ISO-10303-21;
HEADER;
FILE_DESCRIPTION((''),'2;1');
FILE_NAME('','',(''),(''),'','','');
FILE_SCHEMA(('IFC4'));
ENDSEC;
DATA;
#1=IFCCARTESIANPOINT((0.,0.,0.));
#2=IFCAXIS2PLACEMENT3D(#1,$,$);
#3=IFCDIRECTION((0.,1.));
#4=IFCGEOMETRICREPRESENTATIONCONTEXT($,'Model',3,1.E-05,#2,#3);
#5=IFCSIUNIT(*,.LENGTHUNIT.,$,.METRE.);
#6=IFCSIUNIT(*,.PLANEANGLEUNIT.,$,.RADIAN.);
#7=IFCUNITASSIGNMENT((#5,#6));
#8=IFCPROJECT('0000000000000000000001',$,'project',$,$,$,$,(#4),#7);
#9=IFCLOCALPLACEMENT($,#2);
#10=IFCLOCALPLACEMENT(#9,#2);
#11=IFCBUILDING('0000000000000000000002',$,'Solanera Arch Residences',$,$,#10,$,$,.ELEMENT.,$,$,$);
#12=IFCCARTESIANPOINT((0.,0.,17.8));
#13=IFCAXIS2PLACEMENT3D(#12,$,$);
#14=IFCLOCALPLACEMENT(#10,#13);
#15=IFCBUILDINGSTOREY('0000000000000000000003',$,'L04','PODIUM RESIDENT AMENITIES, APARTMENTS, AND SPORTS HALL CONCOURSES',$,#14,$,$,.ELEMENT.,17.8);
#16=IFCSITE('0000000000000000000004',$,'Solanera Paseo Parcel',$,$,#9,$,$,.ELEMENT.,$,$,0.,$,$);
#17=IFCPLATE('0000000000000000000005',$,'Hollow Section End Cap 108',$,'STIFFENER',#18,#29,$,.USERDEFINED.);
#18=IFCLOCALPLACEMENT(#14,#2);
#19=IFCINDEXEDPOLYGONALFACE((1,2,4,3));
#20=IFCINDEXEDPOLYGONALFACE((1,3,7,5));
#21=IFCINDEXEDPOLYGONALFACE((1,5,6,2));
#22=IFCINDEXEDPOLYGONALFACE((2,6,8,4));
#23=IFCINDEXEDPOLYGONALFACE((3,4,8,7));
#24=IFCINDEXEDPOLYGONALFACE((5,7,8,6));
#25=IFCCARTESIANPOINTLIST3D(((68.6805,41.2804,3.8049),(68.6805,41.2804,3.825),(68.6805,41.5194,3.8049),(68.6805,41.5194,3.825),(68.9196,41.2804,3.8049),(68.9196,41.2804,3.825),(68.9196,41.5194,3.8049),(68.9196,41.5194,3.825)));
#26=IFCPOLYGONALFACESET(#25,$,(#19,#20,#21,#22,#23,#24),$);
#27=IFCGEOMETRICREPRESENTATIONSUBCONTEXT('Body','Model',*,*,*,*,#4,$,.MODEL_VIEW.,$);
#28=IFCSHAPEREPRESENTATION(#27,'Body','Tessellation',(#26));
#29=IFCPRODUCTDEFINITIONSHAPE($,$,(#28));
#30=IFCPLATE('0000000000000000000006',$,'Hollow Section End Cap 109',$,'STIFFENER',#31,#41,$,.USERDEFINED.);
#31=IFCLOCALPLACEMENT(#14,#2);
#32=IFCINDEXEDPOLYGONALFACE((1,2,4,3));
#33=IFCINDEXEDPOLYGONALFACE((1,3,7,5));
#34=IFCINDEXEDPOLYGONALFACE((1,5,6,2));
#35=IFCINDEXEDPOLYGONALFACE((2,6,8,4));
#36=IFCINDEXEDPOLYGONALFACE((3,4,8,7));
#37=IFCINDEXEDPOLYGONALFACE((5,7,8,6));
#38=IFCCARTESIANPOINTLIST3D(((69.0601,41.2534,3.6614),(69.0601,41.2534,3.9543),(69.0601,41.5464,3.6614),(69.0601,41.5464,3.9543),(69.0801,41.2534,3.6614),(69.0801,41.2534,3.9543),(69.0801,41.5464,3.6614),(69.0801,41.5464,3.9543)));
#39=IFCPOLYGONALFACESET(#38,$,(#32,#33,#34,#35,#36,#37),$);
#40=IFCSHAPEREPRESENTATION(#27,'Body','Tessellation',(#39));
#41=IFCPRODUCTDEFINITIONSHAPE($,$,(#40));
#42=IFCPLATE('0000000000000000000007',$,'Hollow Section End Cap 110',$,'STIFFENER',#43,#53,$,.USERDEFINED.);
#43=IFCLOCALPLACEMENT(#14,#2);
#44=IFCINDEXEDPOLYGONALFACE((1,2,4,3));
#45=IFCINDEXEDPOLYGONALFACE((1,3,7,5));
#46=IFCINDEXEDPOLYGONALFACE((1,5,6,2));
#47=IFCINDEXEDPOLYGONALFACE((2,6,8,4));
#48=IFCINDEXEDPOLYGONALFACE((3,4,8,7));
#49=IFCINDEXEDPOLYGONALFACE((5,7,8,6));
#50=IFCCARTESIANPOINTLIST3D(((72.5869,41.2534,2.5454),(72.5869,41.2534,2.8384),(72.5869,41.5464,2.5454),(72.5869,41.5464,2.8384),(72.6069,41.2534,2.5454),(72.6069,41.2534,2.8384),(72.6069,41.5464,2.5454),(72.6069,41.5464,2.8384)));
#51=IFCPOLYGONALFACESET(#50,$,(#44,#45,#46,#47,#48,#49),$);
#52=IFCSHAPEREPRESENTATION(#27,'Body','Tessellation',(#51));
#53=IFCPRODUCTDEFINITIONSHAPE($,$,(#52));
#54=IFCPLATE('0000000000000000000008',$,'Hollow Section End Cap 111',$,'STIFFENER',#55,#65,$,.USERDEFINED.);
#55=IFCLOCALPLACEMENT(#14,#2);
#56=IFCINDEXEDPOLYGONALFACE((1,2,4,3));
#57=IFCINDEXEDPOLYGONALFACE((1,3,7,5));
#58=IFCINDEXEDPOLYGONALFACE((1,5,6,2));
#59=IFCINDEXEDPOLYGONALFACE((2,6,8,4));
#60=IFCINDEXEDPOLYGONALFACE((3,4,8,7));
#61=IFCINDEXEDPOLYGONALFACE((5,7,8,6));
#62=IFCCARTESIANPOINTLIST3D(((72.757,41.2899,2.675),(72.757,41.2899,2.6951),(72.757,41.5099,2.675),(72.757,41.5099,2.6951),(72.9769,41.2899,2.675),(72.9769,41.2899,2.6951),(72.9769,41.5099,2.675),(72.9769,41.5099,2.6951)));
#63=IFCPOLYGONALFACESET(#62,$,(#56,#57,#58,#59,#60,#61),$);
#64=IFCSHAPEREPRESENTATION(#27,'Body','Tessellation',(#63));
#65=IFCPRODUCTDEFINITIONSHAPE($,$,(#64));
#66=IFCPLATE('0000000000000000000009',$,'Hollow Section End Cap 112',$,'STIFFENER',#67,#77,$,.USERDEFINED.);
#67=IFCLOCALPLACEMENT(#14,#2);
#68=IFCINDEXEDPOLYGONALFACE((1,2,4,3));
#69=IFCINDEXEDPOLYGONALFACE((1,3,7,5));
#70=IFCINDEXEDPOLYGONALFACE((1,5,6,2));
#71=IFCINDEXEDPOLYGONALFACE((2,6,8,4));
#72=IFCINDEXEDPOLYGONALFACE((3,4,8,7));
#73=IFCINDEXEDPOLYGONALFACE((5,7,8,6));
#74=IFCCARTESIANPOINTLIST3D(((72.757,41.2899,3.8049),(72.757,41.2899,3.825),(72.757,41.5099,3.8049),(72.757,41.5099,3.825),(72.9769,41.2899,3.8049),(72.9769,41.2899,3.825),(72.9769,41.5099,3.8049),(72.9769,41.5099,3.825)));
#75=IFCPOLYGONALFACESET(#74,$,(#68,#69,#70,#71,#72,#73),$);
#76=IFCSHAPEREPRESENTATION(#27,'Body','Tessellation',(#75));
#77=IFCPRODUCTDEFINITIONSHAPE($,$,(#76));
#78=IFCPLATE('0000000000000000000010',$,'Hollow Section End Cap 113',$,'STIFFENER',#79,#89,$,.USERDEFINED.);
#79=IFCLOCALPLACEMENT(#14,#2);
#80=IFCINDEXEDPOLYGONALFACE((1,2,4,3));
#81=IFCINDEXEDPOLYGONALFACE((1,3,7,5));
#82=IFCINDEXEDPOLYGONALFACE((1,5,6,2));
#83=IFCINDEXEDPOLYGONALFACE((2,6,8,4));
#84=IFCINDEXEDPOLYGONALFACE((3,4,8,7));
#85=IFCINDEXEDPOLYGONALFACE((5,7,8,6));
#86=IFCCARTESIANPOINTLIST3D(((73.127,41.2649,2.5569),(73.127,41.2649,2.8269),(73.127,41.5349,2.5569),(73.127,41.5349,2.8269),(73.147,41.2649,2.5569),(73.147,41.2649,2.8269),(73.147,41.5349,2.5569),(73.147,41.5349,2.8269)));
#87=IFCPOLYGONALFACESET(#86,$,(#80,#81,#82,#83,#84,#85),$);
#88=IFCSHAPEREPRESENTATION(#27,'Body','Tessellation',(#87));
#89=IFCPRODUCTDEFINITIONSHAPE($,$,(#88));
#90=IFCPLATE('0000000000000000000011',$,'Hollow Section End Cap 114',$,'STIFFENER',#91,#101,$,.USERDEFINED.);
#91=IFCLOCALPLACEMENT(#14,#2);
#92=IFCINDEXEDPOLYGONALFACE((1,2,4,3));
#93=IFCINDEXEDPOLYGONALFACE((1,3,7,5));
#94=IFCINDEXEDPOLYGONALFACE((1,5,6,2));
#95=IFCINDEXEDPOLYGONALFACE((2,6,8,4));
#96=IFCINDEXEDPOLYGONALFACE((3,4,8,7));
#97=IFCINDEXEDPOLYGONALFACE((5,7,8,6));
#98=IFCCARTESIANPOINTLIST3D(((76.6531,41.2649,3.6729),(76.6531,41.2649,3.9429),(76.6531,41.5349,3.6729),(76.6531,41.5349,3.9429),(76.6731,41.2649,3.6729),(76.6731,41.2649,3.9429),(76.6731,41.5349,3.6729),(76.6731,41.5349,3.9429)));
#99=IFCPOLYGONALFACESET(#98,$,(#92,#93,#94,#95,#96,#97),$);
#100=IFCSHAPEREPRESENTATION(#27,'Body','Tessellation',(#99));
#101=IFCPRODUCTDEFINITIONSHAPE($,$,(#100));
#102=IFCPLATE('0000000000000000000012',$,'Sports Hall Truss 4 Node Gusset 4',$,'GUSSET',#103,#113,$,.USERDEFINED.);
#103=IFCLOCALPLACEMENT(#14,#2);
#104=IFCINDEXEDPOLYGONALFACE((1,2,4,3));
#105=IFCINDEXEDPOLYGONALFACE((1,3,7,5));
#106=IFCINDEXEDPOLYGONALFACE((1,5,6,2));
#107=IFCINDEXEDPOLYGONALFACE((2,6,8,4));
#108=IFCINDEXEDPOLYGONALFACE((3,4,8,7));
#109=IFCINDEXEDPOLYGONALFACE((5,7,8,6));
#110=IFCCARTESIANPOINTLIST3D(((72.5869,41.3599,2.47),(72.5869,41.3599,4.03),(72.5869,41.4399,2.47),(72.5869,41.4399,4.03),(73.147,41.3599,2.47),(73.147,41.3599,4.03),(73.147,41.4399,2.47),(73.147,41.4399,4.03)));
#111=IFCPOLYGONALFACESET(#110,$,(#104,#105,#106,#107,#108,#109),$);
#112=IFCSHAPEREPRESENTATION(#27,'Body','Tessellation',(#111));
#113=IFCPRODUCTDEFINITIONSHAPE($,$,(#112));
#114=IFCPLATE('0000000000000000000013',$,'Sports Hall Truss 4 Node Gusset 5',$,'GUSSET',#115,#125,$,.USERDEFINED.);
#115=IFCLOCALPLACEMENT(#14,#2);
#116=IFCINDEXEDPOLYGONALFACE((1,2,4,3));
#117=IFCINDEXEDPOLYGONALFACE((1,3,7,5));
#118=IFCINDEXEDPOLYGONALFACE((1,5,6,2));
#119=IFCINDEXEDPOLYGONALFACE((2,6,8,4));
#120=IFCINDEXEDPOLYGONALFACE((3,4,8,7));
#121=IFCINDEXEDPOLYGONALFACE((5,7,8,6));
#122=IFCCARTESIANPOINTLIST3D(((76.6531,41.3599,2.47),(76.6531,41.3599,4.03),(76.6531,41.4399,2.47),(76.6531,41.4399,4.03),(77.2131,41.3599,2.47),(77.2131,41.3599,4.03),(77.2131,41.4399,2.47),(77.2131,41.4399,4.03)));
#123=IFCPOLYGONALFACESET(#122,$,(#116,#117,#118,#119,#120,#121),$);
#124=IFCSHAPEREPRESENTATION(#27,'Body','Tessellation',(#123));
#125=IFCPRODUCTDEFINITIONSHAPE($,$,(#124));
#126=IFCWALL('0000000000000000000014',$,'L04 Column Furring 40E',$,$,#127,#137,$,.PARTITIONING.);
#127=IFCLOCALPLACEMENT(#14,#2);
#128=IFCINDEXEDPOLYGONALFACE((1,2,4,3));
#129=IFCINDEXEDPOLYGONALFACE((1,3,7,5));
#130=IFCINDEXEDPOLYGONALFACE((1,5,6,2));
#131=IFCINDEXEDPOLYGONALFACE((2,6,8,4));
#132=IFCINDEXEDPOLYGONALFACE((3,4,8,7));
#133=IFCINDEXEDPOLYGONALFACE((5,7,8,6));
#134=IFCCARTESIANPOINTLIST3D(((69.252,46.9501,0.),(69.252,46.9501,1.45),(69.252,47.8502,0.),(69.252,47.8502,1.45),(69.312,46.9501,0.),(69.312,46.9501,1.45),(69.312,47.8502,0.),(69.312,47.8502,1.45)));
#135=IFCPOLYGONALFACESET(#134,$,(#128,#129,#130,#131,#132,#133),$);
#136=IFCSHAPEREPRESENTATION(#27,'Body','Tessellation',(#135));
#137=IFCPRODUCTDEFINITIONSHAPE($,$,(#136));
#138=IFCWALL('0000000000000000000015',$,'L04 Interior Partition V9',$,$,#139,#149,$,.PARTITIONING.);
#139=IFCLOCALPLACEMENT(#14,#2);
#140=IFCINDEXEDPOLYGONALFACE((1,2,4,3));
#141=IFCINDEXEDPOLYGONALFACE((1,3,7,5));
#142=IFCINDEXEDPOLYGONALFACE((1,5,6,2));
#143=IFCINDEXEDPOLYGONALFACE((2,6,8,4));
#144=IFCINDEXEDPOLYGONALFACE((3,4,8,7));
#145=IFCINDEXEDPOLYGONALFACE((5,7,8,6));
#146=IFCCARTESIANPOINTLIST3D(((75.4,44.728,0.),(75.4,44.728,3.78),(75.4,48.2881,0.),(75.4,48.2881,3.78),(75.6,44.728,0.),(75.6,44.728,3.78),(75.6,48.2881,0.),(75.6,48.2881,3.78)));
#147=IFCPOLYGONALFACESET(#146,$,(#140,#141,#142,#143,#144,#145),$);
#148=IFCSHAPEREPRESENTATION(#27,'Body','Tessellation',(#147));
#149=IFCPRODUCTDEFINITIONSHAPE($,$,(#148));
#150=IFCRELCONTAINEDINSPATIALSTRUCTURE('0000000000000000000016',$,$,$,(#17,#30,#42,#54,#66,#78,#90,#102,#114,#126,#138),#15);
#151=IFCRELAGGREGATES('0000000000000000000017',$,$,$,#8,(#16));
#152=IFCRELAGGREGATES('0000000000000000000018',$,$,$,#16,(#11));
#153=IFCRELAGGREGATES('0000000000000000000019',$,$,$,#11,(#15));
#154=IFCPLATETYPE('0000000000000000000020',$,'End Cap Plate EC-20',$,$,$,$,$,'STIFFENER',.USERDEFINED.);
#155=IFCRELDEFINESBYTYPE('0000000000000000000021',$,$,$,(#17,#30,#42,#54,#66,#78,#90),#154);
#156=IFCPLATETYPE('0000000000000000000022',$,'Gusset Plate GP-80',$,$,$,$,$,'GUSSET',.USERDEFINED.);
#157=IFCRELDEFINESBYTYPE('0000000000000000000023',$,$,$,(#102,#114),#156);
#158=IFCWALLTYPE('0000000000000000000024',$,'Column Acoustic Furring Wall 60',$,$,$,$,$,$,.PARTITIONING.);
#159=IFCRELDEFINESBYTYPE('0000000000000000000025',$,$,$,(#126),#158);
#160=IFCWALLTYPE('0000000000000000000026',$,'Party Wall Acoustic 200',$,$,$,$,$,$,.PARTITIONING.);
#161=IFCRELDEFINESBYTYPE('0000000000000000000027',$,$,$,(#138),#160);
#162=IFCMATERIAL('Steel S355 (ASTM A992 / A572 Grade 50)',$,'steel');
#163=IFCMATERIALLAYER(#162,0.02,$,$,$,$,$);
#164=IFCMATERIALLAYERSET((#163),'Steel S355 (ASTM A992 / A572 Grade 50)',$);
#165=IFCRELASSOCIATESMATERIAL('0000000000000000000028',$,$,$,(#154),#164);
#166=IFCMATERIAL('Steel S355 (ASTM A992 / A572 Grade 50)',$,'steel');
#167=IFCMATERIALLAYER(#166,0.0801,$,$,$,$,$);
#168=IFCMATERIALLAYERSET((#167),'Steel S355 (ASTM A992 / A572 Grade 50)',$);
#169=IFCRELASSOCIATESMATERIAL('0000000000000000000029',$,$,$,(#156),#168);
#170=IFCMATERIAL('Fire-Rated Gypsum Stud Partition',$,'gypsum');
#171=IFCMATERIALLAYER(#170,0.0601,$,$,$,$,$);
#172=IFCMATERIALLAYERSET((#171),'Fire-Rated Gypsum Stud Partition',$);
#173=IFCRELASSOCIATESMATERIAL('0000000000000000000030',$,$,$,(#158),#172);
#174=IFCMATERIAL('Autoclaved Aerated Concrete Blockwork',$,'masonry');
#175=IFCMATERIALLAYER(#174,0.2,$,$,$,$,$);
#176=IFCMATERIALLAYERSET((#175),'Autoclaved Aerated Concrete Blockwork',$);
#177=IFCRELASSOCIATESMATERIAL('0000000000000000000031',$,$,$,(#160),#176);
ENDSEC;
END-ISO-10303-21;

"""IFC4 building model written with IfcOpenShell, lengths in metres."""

from ifc_helpers import new_model, si_unit, direction, frame, frame_2d, origin, origin_2d, place, context, subcontext, project, spatial, rectangle, extrude, material, layer, layer_set, type_object, element, save


model = new_model("IFC4")

# Units and contexts
model_context = context("Model", 3, precision=1e-05, world=origin(), true_north=direction((0.0, 1.0)))
body_context = subcontext(model_context, "Body", "Model", "MODEL_VIEW")
ifc_project = project(units=[si_unit("LENGTHUNIT", "METRE"), si_unit("PLANEANGLEUNIT", "RADIAN")], contexts=[model_context])

# Site, building, storey
site_placement = place(None, origin())
site = spatial("IfcSite", under=ifc_project, at=site_placement, Name="Solanera Paseo Parcel", CompositionType="ELEMENT", RefElevation=0.0)
building_placement = place(site_placement, origin())
building = spatial("IfcBuilding", under=site, at=building_placement, Name="Solanera Arch Residences", CompositionType="ELEMENT")
storey_placement = place(building_placement, frame((0.0, 0.0, 17.8)))
storey = spatial("IfcBuildingStorey", under=building, at=storey_placement, Name="L04", Description="PODIUM RESIDENT AMENITIES, APARTMENTS, AND SPORTS HALL CONCOURSES", CompositionType="ELEMENT", Elevation=17.8)

# Plates
ifc_material_1 = material(Name="Steel S355 (ASTM A992 / A572 Grade 50)", Category="steel")
ifc_layer_1 = layer(ifc_material_1, 0.02)
ifc_layer_set_1 = layer_set([ifc_layer_1], Name="Steel S355 (ASTM A992 / A572 Grade 50)")
plate_type_1 = type_object("IfcPlateType", Name="End Cap Plate EC-20", ElementType="STIFFENER", PredefinedType="USERDEFINED", material=ifc_layer_set_1)
for number, where, z_axis, x_axis, name in (
    (1, (68.8, 41.3999, 3.8049), (0.0, 0.0, 1.0), (1.0, 0.0, 0.0), "Hollow Section End Cap 108"),
):
    element("IfcPlate", number, at=place(storey_placement, frame(where, z_axis=z_axis, x_axis=x_axis)), inside=storey, type_object=plate_type_1, Name=name, ObjectType="STIFFENER", PredefinedType="USERDEFINED", context=body_context, shape_type="SweptSolid", body=[
        extrude(rectangle(XDim=0.239, YDim=0.239, at=origin_2d()), origin(), (0.0, 0.0, 1.0), 0.02),
    ])
for number, where, z_axis, x_axis, name in (
    (2, (69.0701, 41.3999, 3.6614), (0.0, 0.0, 1.0), (-1.0, 0.0, 0.0), "Hollow Section End Cap 109"),
    (3, (72.5969, 41.3999, 2.5454), (0.0, 0.0, 1.0), (1.0, 0.0, 0.0), "Hollow Section End Cap 110"),
):
    element("IfcPlate", number, at=place(storey_placement, frame(where, z_axis=z_axis, x_axis=x_axis)), inside=storey, type_object=plate_type_1, Name=name, ObjectType="STIFFENER", PredefinedType="USERDEFINED", context=body_context, shape_type="SweptSolid", body=[
        extrude(rectangle(XDim=0.02, YDim=0.293, at=origin_2d()), origin(), (0.0, 0.0, 1.0), 0.293),
    ])
for number, where, z_axis, x_axis, name in (
    (4, (72.8669, 41.3999, 2.675), (0.0, 0.0, 1.0), (1.0, 0.0, 0.0), "Hollow Section End Cap 111"),
    (5, (72.8669, 41.3999, 3.8049), (0.0, 0.0, 1.0), (1.0, 0.0, 0.0), "Hollow Section End Cap 112"),
):
    element("IfcPlate", number, at=place(storey_placement, frame(where, z_axis=z_axis, x_axis=x_axis)), inside=storey, type_object=plate_type_1, Name=name, ObjectType="STIFFENER", PredefinedType="USERDEFINED", context=body_context, shape_type="SweptSolid", body=[
        extrude(rectangle(XDim=0.22, YDim=0.22, at=origin_2d()), origin(), (0.0, 0.0, 1.0), 0.02),
    ])
for number, where, z_axis, x_axis, name in (
    (6, (73.137, 41.3999, 2.5569), (0.0, 0.0, 1.0), (-1.0, 0.0, 0.0), "Hollow Section End Cap 113"),
    (7, (76.6631, 41.3999, 3.6729), (0.0, 0.0, 1.0), (1.0, 0.0, 0.0), "Hollow Section End Cap 114"),
):
    element("IfcPlate", number, at=place(storey_placement, frame(where, z_axis=z_axis, x_axis=x_axis)), inside=storey, type_object=plate_type_1, Name=name, ObjectType="STIFFENER", PredefinedType="USERDEFINED", context=body_context, shape_type="SweptSolid", body=[
        extrude(rectangle(XDim=0.02, YDim=0.27, at=origin_2d()), origin(), (0.0, 0.0, 1.0), 0.27),
    ])
ifc_material_2 = material(Name="Steel S355 (ASTM A992 / A572 Grade 50)", Category="steel")
ifc_layer_2 = layer(ifc_material_2, 0.0801)
ifc_layer_set_2 = layer_set([ifc_layer_2], Name="Steel S355 (ASTM A992 / A572 Grade 50)")
plate_type_2 = type_object("IfcPlateType", Name="Gusset Plate GP-80", ElementType="GUSSET", PredefinedType="USERDEFINED", material=ifc_layer_set_2)
for number, where, z_axis, x_axis, name in (
    (8, (72.8669, 41.3999, 2.47), (0.0, 0.0, 1.0), (1.0, 0.0, 0.0), "Sports Hall Truss 4 Node Gusset 4"),
    (9, (76.9331, 41.3999, 2.47), (0.0, 0.0, 1.0), (1.0, 0.0, 0.0), "Sports Hall Truss 4 Node Gusset 5"),
):
    element("IfcPlate", number, at=place(storey_placement, frame(where, z_axis=z_axis, x_axis=x_axis)), inside=storey, type_object=plate_type_2, Name=name, ObjectType="GUSSET", PredefinedType="USERDEFINED", context=body_context, shape_type="SweptSolid", body=[
        extrude(rectangle(XDim=0.5601, YDim=0.0801, at=origin_2d()), origin(), (0.0, 0.0, 1.0), 1.5601),
    ])

# Walls
ifc_material_3 = material(Name="Fire-Rated Gypsum Stud Partition", Category="gypsum")
ifc_layer_3 = layer(ifc_material_3, 0.0601)
ifc_layer_set_3 = layer_set([ifc_layer_3], Name="Fire-Rated Gypsum Stud Partition")
wall_type_1 = type_object("IfcWallType", Name="Column Acoustic Furring Wall 60", PredefinedType="PARTITIONING", material=ifc_layer_set_3)
wall_1_placement = place(storey_placement, frame((69.282, 46.95, 0.0), z_axis=(0.0, 0.0, 1.0), x_axis=(0.0, 1.0, 0.0)))
element("IfcWall", 10, at=wall_1_placement, inside=storey, type_object=wall_type_1, Name="L04 Column Furring 40E", PredefinedType="PARTITIONING", context=body_context, shape_type="SweptSolid", body=[
    extrude(rectangle(XDim=0.9001, YDim=0.0601, at=frame_2d((0.4502, 0.0))), origin(), (0.0, 0.0, 1.0), 1.45),
])
ifc_material_4 = material(Name="Autoclaved Aerated Concrete Blockwork", Category="masonry")
ifc_layer_4 = layer(ifc_material_4, 0.2)
ifc_layer_set_4 = layer_set([ifc_layer_4], Name="Autoclaved Aerated Concrete Blockwork")
wall_type_2 = type_object("IfcWallType", Name="Party Wall Acoustic 200", PredefinedType="PARTITIONING", material=ifc_layer_set_4)
wall_2_placement = place(storey_placement, frame((75.5, 44.728, 0.0), z_axis=(0.0, 0.0, 1.0), x_axis=(0.0, 1.0, 0.0)))
element("IfcWall", 11, at=wall_2_placement, inside=storey, type_object=wall_type_2, Name="L04 Interior Partition V9", PredefinedType="PARTITIONING", context=body_context, shape_type="SweptSolid", body=[
    extrude(rectangle(XDim=3.5601, YDim=0.2, at=frame_2d((1.78, 0.0))), origin(), (0.0, 0.0, 1.0), 3.78),
])

save(model, "model.ifc")
